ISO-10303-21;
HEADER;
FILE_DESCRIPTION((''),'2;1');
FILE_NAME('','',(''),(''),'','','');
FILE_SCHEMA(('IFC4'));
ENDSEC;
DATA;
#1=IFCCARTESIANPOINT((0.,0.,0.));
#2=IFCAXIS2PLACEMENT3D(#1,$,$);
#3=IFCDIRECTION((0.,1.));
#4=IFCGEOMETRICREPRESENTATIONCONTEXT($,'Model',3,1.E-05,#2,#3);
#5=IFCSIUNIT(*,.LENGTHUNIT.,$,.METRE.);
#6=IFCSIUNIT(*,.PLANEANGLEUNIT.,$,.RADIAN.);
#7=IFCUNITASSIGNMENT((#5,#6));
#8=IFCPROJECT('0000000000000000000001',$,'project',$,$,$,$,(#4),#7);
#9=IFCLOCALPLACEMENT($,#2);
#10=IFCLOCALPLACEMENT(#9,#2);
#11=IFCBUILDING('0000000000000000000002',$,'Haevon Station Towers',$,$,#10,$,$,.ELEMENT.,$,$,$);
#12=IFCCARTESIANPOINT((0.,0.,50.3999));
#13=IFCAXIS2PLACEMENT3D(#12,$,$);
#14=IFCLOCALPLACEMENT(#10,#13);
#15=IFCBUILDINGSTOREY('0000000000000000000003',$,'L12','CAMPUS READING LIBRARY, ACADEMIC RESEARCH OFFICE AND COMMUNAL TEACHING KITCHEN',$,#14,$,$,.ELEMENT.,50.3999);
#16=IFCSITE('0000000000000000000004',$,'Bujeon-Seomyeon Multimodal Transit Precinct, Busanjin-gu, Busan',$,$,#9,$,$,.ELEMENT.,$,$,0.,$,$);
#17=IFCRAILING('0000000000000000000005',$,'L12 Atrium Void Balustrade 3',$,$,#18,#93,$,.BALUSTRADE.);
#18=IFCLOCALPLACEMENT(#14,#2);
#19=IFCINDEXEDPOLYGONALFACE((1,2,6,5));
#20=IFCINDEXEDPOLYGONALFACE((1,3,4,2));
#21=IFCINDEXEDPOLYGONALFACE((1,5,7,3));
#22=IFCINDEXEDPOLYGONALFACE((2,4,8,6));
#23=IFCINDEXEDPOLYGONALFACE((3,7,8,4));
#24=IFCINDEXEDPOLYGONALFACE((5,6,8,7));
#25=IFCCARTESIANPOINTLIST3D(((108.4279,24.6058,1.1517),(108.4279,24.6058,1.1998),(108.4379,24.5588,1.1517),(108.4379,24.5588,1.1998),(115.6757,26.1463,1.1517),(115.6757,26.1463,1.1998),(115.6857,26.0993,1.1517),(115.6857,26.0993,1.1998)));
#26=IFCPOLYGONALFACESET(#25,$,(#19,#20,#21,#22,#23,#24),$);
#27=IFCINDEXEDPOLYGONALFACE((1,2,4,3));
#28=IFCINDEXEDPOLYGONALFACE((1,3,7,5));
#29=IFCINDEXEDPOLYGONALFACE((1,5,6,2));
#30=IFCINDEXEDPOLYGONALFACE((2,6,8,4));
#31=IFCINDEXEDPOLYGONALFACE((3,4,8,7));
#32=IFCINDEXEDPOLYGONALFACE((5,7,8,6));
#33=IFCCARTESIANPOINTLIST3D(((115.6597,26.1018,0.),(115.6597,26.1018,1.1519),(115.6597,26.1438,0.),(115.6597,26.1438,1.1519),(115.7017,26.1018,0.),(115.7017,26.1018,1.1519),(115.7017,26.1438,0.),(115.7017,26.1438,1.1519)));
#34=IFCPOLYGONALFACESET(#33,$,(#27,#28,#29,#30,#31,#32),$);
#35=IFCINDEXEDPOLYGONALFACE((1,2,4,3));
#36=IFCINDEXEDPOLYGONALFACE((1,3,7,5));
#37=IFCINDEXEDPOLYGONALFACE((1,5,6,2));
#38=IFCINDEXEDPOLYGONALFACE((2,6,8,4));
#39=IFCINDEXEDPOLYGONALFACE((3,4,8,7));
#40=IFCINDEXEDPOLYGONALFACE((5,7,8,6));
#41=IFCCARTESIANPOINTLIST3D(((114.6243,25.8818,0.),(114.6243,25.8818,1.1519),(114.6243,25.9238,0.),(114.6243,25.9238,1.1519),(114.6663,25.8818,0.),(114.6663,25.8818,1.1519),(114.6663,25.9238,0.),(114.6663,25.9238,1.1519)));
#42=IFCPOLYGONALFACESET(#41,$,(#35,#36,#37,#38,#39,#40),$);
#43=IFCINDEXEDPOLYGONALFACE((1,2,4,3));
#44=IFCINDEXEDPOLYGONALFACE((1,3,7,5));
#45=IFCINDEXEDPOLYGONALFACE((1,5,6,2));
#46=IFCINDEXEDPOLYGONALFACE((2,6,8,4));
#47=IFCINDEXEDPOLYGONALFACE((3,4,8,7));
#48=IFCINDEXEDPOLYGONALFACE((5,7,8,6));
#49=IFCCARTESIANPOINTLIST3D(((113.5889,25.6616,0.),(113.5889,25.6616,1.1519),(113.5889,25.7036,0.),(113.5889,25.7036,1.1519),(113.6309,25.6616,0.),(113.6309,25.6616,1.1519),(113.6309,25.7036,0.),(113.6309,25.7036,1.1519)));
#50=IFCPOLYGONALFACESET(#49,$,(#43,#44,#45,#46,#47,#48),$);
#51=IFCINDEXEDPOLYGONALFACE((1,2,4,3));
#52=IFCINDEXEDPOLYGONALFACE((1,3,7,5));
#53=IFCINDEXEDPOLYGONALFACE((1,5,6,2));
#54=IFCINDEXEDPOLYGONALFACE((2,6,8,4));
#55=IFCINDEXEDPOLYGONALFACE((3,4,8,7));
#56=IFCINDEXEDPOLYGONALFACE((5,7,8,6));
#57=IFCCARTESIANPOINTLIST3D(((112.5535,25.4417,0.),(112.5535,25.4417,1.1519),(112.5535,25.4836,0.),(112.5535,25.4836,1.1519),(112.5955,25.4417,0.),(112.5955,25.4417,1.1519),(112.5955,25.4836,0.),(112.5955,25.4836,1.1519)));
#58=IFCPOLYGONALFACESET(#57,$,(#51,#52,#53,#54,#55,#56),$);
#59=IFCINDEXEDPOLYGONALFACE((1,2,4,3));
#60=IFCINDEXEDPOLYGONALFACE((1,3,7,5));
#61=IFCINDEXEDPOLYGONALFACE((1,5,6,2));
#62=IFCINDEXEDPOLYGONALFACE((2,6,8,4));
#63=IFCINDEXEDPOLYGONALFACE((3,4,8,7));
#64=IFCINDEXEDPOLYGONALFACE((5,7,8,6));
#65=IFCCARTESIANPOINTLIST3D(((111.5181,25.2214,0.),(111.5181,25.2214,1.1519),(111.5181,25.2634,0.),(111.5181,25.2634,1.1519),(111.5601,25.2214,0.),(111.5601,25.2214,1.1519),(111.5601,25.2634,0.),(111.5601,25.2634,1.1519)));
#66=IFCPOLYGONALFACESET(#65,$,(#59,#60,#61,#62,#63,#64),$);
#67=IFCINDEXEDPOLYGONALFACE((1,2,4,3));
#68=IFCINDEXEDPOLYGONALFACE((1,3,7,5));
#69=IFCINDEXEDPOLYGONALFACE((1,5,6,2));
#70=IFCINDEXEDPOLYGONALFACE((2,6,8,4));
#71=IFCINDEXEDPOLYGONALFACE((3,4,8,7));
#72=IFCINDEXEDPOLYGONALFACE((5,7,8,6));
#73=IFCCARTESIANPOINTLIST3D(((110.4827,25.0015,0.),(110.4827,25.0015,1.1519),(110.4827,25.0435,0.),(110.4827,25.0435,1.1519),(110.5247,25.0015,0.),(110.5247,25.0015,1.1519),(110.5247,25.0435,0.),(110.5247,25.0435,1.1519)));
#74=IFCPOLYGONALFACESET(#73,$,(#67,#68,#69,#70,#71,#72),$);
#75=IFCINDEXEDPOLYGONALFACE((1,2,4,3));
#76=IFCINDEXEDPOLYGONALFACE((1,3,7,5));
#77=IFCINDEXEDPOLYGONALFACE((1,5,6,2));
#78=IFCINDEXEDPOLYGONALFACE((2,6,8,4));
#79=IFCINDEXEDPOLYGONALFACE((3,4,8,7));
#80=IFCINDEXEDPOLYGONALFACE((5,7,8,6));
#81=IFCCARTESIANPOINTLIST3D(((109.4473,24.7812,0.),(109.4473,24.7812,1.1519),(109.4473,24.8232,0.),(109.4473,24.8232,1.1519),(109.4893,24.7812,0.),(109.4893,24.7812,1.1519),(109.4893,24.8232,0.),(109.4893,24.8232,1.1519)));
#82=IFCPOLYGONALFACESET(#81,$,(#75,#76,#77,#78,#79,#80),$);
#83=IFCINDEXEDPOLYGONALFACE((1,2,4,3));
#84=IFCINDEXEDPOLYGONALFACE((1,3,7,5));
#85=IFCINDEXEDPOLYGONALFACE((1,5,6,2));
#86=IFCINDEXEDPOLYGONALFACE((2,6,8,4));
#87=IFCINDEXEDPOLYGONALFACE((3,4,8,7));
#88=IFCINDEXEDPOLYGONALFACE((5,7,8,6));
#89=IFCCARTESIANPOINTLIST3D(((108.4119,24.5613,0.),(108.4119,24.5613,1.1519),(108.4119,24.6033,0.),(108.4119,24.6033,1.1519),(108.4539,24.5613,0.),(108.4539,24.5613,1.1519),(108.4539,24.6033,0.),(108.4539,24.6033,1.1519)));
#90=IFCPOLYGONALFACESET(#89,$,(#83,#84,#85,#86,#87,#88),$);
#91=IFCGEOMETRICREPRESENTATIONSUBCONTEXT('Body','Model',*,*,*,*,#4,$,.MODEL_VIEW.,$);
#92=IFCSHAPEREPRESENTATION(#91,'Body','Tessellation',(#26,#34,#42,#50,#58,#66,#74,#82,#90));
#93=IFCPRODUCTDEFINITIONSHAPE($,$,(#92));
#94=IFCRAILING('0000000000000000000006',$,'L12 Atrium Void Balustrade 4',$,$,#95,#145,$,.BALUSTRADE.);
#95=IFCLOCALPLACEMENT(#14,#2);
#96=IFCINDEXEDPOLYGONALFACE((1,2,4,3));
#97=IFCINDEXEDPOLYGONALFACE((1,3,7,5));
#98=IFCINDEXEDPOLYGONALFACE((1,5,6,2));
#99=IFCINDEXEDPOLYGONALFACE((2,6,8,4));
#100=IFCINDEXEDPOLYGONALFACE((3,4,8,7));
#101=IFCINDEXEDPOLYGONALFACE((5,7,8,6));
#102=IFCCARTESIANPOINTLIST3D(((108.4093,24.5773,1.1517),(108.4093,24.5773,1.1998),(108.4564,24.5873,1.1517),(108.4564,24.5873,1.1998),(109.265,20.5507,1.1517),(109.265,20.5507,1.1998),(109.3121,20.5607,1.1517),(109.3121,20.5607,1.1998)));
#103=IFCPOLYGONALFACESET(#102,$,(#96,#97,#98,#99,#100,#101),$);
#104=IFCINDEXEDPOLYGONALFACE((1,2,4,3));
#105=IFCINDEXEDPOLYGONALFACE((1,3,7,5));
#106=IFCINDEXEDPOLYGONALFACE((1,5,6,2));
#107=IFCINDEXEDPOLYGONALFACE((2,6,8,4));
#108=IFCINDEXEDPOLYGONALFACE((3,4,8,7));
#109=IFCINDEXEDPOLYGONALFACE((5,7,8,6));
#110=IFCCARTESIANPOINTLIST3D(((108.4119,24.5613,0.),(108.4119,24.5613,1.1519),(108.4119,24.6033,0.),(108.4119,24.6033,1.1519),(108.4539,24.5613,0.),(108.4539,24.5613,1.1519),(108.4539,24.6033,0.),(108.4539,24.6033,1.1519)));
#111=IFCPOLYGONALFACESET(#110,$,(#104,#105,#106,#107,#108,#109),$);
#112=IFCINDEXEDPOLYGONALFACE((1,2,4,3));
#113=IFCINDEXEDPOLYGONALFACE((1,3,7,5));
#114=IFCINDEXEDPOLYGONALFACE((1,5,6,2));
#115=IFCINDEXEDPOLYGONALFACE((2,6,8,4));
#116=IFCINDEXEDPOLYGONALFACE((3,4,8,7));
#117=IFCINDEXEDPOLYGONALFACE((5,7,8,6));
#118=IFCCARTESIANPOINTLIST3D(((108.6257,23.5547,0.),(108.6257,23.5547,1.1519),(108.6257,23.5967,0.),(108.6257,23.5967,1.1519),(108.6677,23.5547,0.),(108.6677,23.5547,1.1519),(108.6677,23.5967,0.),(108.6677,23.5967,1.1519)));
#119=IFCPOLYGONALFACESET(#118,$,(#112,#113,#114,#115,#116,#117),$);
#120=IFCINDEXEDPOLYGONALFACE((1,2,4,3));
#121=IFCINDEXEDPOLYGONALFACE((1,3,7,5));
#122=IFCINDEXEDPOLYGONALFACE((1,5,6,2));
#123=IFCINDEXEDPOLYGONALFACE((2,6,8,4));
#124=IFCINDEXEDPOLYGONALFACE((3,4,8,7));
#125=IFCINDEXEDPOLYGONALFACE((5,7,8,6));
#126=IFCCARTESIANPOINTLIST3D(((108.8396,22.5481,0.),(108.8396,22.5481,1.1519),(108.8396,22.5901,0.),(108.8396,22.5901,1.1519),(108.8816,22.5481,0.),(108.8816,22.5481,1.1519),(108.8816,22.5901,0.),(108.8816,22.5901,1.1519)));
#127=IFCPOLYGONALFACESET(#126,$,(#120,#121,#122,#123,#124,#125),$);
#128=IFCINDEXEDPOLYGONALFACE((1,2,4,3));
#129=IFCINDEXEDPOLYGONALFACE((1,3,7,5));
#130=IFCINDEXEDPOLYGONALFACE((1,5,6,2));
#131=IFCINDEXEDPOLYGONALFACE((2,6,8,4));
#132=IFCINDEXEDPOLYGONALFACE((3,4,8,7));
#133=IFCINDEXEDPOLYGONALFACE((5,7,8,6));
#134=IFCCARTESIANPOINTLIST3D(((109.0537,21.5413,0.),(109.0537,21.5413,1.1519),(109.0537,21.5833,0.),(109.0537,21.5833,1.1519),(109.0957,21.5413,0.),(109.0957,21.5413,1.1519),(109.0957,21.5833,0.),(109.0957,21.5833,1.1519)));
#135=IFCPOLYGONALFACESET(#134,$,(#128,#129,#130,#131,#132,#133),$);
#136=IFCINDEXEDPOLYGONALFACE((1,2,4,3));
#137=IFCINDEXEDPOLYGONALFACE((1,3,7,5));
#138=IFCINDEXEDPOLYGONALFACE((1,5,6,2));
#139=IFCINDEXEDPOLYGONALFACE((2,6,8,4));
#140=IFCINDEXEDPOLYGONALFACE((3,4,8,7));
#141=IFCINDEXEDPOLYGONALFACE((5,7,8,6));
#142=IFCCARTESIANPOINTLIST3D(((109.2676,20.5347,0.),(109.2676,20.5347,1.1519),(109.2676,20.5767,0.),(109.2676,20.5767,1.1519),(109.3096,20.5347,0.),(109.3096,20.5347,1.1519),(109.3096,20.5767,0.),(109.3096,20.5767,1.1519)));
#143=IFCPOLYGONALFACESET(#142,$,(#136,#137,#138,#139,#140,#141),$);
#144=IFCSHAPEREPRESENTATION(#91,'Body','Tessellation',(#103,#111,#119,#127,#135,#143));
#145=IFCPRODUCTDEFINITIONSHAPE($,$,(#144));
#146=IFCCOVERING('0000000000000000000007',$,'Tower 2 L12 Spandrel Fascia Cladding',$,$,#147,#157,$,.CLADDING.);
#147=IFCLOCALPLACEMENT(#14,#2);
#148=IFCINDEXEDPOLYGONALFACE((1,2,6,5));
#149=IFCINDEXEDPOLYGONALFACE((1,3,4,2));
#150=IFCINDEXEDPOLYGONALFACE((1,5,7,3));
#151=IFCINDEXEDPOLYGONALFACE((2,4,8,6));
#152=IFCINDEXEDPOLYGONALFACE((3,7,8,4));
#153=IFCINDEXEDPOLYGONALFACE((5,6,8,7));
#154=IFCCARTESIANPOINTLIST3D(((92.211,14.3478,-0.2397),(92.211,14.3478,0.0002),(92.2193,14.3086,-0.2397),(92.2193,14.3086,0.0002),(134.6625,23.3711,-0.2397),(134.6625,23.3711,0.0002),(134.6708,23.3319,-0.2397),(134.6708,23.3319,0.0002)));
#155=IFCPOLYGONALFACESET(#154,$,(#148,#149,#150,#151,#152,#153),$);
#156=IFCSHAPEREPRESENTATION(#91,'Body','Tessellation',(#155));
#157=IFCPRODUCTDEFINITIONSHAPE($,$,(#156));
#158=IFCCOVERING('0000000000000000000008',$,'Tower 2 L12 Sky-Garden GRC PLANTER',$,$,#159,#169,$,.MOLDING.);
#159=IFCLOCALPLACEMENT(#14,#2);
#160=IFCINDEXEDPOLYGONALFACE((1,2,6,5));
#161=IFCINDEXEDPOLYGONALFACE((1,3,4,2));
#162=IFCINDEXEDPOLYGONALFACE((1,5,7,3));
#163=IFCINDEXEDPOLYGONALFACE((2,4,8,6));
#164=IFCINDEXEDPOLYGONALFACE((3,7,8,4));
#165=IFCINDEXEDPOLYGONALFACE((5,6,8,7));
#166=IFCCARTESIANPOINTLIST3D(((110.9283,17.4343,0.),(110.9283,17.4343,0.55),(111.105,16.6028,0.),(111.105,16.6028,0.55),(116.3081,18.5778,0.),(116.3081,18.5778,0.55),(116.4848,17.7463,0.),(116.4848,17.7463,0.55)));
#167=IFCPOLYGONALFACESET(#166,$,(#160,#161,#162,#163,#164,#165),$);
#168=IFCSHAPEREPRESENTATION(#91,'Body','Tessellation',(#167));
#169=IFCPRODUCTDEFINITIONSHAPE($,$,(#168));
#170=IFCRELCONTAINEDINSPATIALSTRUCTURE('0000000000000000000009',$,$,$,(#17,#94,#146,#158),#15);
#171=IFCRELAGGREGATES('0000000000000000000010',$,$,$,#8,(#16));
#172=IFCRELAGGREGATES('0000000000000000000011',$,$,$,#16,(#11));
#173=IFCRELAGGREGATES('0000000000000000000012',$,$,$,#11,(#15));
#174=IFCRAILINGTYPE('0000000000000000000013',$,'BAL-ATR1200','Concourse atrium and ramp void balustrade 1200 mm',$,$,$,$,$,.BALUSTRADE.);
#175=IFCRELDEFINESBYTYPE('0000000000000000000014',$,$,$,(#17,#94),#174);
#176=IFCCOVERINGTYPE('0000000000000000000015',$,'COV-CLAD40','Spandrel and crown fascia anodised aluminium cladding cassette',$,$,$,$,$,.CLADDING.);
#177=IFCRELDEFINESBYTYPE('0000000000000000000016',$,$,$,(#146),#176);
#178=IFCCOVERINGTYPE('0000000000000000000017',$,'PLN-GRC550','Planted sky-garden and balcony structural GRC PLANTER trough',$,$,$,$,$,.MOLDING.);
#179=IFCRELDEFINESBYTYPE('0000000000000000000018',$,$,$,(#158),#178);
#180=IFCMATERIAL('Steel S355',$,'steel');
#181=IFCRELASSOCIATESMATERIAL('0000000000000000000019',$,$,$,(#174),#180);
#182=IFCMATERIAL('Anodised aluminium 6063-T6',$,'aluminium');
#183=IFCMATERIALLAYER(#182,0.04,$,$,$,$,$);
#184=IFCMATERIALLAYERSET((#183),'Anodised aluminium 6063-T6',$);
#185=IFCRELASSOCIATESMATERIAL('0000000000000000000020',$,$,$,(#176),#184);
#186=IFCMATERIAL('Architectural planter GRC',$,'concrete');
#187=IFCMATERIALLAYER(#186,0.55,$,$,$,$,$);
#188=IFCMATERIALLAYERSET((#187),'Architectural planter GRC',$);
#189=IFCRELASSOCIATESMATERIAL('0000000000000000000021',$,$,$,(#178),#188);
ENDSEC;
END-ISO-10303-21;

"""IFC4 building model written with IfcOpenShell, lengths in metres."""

from ifc_helpers import new_model, si_unit, direction, frame, origin, origin_2d, place, context, subcontext, project, spatial, rectangle, extrude, material, layer, layer_set, type_object, element, save


model = new_model("IFC4")

# Units and contexts
model_context = context("Model", 3, precision=1e-05, world=origin(), true_north=direction((0.0, 1.0)))
body_context = subcontext(model_context, "Body", "Model", "MODEL_VIEW")
ifc_project = project(units=[si_unit("LENGTHUNIT", "METRE"), si_unit("PLANEANGLEUNIT", "RADIAN")], contexts=[model_context])

# Site, building, storey
site_placement = place(None, origin())
site = spatial("IfcSite", under=ifc_project, at=site_placement, Name="Bujeon-Seomyeon Multimodal Transit Precinct, Busanjin-gu, Busan", CompositionType="ELEMENT", RefElevation=0.0)
building_placement = place(site_placement, origin())
building = spatial("IfcBuilding", under=site, at=building_placement, Name="Haevon Station Towers", CompositionType="ELEMENT")
storey_placement = place(building_placement, frame((0.0, 0.0, 50.3999)))
storey = spatial("IfcBuildingStorey", under=building, at=storey_placement, Name="L12", Description="CAMPUS READING LIBRARY, ACADEMIC RESEARCH OFFICE AND COMMUNAL TEACHING KITCHEN", CompositionType="ELEMENT", Elevation=50.3999)

# Shared definitions
ifc_material_1 = material(Name="Steel S355", Category="steel")

# Railings
railing_type = type_object("IfcRailingType", Name="BAL-ATR1200", Description="Concourse atrium and ramp void balustrade 1200 mm", PredefinedType="BALUSTRADE", material=ifc_material_1)
railing_1_placement = place(storey_placement, frame((115.6807, 26.1228, 0.0)))
element("IfcRailing", 1, at=railing_1_placement, inside=storey, type_object=railing_type, Name="L12 Atrium Void Balustrade 3", PredefinedType="BALUSTRADE", context=body_context, shape_type="SweptSolid", body=[
    extrude(rectangle(XDim=0.0481, YDim=0.0481, at=origin_2d()), frame((0.0, 0.0, 1.1758), z_axis=(-0.978149, -0.207906, 0.0), x_axis=(0.207906, -0.978149, 0.0)), (0.0, 0.0, 1.0), 7.4097),
    extrude(rectangle(XDim=0.042, YDim=0.042, at=origin_2d()), origin(), (0.0, 0.0, 1.0), 1.1519),
    extrude(rectangle(XDim=0.042, YDim=0.042, at=origin_2d()), frame((-1.0354, -0.22, 0.0)), (0.0, 0.0, 1.0), 1.1519),
    extrude(rectangle(XDim=0.042, YDim=0.042, at=origin_2d()), frame((-2.0708, -0.4402, 0.0)), (0.0, 0.0, 1.0), 1.1519),
    extrude(rectangle(XDim=0.042, YDim=0.042, at=origin_2d()), frame((-3.1062, -0.6602, 0.0)), (0.0, 0.0, 1.0), 1.1519),
    extrude(rectangle(XDim=0.042, YDim=0.042, at=origin_2d()), frame((-4.1416, -0.8804, 0.0)), (0.0, 0.0, 1.0), 1.1519),
    extrude(rectangle(XDim=0.042, YDim=0.042, at=origin_2d()), frame((-5.177, -1.1003, 0.0)), (0.0, 0.0, 1.0), 1.1519),
    extrude(rectangle(XDim=0.042, YDim=0.042, at=origin_2d()), frame((-6.2124, -1.3206, 0.0)), (0.0, 0.0, 1.0), 1.1519),
    extrude(rectangle(XDim=0.042, YDim=0.042, at=origin_2d()), frame((-7.2478, -1.5405, 0.0)), (0.0, 0.0, 1.0), 1.1519),
])
railing_2_placement = place(storey_placement, frame((108.4329, 24.5823, 0.0)))
element("IfcRailing", 2, at=railing_2_placement, inside=storey, type_object=railing_type, Name="L12 Atrium Void Balustrade 4", PredefinedType="BALUSTRADE", context=body_context, shape_type="SweptSolid", body=[
    extrude(rectangle(XDim=0.0481, YDim=0.0481, at=origin_2d()), frame((0.0, 0.0, 1.1758), z_axis=(0.207872, -0.978156, 0.0), x_axis=(0.978156, 0.207872, 0.0)), (0.0, 0.0, 1.0), 4.1165),
    extrude(rectangle(XDim=0.042, YDim=0.042, at=origin_2d()), origin(), (0.0, 0.0, 1.0), 1.1519),
    extrude(rectangle(XDim=0.042, YDim=0.042, at=origin_2d()), frame((0.2139, -1.0066, 0.0)), (0.0, 0.0, 1.0), 1.1519),
    extrude(rectangle(XDim=0.042, YDim=0.042, at=origin_2d()), frame((0.4277, -2.0132, 0.0)), (0.0, 0.0, 1.0), 1.1519),
    extrude(rectangle(XDim=0.042, YDim=0.042, at=origin_2d()), frame((0.6418, -3.02, 0.0)), (0.0, 0.0, 1.0), 1.1519),
    extrude(rectangle(XDim=0.042, YDim=0.042, at=origin_2d()), frame((0.8557, -4.0266, 0.0)), (0.0, 0.0, 1.0), 1.1519),
])

# Coverings
ifc_material_2 = material(Name="Anodised aluminium 6063-T6", Category="aluminium")
ifc_layer_1 = layer(ifc_material_2, 0.04)
ifc_layer_set_1 = layer_set([ifc_layer_1], Name="Anodised aluminium 6063-T6")
covering_type_1 = type_object("IfcCoveringType", Name="COV-CLAD40", Description="Spandrel and crown fascia anodised aluminium cladding cassette", PredefinedType="CLADDING", material=ifc_layer_set_1)
covering_1_placement = place(storey_placement, frame((113.4409, 18.8398, -0.2397), z_axis=(0.0, 0.0, 1.0), x_axis=(0.978148, 0.207912, 0.0)))
element("IfcCovering", 3, at=covering_1_placement, inside=storey, type_object=covering_type_1, Name="Tower 2 L12 Spandrel Fascia Cladding", PredefinedType="CLADDING", context=body_context, shape_type="SweptSolid", body=[
    extrude(rectangle(XDim=43.3999, YDim=0.04, at=origin_2d()), origin(), (0.0, 0.0, 1.0), 0.24),
])
ifc_material_3 = material(Name="Architectural planter GRC", Category="concrete")
ifc_layer_2 = layer(ifc_material_3, 0.55)
ifc_layer_set_2 = layer_set([ifc_layer_2], Name="Architectural planter GRC")
covering_type_2 = type_object("IfcCoveringType", Name="PLN-GRC550", Description="Planted sky-garden and balcony structural GRC PLANTER trough", PredefinedType="MOLDING", material=ifc_layer_set_2)
covering_2_placement = place(storey_placement, frame((113.7065, 17.5903, 0.0), z_axis=(0.0, 0.0, 1.0), x_axis=(0.978148, 0.207912, 0.0)))
element("IfcCovering", 4, at=covering_2_placement, inside=storey, type_object=covering_type_2, Name="Tower 2 L12 Sky-Garden GRC PLANTER", PredefinedType="MOLDING", context=body_context, shape_type="SweptSolid", body=[
    extrude(rectangle(XDim=5.5, YDim=0.8501, at=origin_2d()), origin(), (0.0, 0.0, 1.0), 0.55),
])

save(model, "model.ifc")
